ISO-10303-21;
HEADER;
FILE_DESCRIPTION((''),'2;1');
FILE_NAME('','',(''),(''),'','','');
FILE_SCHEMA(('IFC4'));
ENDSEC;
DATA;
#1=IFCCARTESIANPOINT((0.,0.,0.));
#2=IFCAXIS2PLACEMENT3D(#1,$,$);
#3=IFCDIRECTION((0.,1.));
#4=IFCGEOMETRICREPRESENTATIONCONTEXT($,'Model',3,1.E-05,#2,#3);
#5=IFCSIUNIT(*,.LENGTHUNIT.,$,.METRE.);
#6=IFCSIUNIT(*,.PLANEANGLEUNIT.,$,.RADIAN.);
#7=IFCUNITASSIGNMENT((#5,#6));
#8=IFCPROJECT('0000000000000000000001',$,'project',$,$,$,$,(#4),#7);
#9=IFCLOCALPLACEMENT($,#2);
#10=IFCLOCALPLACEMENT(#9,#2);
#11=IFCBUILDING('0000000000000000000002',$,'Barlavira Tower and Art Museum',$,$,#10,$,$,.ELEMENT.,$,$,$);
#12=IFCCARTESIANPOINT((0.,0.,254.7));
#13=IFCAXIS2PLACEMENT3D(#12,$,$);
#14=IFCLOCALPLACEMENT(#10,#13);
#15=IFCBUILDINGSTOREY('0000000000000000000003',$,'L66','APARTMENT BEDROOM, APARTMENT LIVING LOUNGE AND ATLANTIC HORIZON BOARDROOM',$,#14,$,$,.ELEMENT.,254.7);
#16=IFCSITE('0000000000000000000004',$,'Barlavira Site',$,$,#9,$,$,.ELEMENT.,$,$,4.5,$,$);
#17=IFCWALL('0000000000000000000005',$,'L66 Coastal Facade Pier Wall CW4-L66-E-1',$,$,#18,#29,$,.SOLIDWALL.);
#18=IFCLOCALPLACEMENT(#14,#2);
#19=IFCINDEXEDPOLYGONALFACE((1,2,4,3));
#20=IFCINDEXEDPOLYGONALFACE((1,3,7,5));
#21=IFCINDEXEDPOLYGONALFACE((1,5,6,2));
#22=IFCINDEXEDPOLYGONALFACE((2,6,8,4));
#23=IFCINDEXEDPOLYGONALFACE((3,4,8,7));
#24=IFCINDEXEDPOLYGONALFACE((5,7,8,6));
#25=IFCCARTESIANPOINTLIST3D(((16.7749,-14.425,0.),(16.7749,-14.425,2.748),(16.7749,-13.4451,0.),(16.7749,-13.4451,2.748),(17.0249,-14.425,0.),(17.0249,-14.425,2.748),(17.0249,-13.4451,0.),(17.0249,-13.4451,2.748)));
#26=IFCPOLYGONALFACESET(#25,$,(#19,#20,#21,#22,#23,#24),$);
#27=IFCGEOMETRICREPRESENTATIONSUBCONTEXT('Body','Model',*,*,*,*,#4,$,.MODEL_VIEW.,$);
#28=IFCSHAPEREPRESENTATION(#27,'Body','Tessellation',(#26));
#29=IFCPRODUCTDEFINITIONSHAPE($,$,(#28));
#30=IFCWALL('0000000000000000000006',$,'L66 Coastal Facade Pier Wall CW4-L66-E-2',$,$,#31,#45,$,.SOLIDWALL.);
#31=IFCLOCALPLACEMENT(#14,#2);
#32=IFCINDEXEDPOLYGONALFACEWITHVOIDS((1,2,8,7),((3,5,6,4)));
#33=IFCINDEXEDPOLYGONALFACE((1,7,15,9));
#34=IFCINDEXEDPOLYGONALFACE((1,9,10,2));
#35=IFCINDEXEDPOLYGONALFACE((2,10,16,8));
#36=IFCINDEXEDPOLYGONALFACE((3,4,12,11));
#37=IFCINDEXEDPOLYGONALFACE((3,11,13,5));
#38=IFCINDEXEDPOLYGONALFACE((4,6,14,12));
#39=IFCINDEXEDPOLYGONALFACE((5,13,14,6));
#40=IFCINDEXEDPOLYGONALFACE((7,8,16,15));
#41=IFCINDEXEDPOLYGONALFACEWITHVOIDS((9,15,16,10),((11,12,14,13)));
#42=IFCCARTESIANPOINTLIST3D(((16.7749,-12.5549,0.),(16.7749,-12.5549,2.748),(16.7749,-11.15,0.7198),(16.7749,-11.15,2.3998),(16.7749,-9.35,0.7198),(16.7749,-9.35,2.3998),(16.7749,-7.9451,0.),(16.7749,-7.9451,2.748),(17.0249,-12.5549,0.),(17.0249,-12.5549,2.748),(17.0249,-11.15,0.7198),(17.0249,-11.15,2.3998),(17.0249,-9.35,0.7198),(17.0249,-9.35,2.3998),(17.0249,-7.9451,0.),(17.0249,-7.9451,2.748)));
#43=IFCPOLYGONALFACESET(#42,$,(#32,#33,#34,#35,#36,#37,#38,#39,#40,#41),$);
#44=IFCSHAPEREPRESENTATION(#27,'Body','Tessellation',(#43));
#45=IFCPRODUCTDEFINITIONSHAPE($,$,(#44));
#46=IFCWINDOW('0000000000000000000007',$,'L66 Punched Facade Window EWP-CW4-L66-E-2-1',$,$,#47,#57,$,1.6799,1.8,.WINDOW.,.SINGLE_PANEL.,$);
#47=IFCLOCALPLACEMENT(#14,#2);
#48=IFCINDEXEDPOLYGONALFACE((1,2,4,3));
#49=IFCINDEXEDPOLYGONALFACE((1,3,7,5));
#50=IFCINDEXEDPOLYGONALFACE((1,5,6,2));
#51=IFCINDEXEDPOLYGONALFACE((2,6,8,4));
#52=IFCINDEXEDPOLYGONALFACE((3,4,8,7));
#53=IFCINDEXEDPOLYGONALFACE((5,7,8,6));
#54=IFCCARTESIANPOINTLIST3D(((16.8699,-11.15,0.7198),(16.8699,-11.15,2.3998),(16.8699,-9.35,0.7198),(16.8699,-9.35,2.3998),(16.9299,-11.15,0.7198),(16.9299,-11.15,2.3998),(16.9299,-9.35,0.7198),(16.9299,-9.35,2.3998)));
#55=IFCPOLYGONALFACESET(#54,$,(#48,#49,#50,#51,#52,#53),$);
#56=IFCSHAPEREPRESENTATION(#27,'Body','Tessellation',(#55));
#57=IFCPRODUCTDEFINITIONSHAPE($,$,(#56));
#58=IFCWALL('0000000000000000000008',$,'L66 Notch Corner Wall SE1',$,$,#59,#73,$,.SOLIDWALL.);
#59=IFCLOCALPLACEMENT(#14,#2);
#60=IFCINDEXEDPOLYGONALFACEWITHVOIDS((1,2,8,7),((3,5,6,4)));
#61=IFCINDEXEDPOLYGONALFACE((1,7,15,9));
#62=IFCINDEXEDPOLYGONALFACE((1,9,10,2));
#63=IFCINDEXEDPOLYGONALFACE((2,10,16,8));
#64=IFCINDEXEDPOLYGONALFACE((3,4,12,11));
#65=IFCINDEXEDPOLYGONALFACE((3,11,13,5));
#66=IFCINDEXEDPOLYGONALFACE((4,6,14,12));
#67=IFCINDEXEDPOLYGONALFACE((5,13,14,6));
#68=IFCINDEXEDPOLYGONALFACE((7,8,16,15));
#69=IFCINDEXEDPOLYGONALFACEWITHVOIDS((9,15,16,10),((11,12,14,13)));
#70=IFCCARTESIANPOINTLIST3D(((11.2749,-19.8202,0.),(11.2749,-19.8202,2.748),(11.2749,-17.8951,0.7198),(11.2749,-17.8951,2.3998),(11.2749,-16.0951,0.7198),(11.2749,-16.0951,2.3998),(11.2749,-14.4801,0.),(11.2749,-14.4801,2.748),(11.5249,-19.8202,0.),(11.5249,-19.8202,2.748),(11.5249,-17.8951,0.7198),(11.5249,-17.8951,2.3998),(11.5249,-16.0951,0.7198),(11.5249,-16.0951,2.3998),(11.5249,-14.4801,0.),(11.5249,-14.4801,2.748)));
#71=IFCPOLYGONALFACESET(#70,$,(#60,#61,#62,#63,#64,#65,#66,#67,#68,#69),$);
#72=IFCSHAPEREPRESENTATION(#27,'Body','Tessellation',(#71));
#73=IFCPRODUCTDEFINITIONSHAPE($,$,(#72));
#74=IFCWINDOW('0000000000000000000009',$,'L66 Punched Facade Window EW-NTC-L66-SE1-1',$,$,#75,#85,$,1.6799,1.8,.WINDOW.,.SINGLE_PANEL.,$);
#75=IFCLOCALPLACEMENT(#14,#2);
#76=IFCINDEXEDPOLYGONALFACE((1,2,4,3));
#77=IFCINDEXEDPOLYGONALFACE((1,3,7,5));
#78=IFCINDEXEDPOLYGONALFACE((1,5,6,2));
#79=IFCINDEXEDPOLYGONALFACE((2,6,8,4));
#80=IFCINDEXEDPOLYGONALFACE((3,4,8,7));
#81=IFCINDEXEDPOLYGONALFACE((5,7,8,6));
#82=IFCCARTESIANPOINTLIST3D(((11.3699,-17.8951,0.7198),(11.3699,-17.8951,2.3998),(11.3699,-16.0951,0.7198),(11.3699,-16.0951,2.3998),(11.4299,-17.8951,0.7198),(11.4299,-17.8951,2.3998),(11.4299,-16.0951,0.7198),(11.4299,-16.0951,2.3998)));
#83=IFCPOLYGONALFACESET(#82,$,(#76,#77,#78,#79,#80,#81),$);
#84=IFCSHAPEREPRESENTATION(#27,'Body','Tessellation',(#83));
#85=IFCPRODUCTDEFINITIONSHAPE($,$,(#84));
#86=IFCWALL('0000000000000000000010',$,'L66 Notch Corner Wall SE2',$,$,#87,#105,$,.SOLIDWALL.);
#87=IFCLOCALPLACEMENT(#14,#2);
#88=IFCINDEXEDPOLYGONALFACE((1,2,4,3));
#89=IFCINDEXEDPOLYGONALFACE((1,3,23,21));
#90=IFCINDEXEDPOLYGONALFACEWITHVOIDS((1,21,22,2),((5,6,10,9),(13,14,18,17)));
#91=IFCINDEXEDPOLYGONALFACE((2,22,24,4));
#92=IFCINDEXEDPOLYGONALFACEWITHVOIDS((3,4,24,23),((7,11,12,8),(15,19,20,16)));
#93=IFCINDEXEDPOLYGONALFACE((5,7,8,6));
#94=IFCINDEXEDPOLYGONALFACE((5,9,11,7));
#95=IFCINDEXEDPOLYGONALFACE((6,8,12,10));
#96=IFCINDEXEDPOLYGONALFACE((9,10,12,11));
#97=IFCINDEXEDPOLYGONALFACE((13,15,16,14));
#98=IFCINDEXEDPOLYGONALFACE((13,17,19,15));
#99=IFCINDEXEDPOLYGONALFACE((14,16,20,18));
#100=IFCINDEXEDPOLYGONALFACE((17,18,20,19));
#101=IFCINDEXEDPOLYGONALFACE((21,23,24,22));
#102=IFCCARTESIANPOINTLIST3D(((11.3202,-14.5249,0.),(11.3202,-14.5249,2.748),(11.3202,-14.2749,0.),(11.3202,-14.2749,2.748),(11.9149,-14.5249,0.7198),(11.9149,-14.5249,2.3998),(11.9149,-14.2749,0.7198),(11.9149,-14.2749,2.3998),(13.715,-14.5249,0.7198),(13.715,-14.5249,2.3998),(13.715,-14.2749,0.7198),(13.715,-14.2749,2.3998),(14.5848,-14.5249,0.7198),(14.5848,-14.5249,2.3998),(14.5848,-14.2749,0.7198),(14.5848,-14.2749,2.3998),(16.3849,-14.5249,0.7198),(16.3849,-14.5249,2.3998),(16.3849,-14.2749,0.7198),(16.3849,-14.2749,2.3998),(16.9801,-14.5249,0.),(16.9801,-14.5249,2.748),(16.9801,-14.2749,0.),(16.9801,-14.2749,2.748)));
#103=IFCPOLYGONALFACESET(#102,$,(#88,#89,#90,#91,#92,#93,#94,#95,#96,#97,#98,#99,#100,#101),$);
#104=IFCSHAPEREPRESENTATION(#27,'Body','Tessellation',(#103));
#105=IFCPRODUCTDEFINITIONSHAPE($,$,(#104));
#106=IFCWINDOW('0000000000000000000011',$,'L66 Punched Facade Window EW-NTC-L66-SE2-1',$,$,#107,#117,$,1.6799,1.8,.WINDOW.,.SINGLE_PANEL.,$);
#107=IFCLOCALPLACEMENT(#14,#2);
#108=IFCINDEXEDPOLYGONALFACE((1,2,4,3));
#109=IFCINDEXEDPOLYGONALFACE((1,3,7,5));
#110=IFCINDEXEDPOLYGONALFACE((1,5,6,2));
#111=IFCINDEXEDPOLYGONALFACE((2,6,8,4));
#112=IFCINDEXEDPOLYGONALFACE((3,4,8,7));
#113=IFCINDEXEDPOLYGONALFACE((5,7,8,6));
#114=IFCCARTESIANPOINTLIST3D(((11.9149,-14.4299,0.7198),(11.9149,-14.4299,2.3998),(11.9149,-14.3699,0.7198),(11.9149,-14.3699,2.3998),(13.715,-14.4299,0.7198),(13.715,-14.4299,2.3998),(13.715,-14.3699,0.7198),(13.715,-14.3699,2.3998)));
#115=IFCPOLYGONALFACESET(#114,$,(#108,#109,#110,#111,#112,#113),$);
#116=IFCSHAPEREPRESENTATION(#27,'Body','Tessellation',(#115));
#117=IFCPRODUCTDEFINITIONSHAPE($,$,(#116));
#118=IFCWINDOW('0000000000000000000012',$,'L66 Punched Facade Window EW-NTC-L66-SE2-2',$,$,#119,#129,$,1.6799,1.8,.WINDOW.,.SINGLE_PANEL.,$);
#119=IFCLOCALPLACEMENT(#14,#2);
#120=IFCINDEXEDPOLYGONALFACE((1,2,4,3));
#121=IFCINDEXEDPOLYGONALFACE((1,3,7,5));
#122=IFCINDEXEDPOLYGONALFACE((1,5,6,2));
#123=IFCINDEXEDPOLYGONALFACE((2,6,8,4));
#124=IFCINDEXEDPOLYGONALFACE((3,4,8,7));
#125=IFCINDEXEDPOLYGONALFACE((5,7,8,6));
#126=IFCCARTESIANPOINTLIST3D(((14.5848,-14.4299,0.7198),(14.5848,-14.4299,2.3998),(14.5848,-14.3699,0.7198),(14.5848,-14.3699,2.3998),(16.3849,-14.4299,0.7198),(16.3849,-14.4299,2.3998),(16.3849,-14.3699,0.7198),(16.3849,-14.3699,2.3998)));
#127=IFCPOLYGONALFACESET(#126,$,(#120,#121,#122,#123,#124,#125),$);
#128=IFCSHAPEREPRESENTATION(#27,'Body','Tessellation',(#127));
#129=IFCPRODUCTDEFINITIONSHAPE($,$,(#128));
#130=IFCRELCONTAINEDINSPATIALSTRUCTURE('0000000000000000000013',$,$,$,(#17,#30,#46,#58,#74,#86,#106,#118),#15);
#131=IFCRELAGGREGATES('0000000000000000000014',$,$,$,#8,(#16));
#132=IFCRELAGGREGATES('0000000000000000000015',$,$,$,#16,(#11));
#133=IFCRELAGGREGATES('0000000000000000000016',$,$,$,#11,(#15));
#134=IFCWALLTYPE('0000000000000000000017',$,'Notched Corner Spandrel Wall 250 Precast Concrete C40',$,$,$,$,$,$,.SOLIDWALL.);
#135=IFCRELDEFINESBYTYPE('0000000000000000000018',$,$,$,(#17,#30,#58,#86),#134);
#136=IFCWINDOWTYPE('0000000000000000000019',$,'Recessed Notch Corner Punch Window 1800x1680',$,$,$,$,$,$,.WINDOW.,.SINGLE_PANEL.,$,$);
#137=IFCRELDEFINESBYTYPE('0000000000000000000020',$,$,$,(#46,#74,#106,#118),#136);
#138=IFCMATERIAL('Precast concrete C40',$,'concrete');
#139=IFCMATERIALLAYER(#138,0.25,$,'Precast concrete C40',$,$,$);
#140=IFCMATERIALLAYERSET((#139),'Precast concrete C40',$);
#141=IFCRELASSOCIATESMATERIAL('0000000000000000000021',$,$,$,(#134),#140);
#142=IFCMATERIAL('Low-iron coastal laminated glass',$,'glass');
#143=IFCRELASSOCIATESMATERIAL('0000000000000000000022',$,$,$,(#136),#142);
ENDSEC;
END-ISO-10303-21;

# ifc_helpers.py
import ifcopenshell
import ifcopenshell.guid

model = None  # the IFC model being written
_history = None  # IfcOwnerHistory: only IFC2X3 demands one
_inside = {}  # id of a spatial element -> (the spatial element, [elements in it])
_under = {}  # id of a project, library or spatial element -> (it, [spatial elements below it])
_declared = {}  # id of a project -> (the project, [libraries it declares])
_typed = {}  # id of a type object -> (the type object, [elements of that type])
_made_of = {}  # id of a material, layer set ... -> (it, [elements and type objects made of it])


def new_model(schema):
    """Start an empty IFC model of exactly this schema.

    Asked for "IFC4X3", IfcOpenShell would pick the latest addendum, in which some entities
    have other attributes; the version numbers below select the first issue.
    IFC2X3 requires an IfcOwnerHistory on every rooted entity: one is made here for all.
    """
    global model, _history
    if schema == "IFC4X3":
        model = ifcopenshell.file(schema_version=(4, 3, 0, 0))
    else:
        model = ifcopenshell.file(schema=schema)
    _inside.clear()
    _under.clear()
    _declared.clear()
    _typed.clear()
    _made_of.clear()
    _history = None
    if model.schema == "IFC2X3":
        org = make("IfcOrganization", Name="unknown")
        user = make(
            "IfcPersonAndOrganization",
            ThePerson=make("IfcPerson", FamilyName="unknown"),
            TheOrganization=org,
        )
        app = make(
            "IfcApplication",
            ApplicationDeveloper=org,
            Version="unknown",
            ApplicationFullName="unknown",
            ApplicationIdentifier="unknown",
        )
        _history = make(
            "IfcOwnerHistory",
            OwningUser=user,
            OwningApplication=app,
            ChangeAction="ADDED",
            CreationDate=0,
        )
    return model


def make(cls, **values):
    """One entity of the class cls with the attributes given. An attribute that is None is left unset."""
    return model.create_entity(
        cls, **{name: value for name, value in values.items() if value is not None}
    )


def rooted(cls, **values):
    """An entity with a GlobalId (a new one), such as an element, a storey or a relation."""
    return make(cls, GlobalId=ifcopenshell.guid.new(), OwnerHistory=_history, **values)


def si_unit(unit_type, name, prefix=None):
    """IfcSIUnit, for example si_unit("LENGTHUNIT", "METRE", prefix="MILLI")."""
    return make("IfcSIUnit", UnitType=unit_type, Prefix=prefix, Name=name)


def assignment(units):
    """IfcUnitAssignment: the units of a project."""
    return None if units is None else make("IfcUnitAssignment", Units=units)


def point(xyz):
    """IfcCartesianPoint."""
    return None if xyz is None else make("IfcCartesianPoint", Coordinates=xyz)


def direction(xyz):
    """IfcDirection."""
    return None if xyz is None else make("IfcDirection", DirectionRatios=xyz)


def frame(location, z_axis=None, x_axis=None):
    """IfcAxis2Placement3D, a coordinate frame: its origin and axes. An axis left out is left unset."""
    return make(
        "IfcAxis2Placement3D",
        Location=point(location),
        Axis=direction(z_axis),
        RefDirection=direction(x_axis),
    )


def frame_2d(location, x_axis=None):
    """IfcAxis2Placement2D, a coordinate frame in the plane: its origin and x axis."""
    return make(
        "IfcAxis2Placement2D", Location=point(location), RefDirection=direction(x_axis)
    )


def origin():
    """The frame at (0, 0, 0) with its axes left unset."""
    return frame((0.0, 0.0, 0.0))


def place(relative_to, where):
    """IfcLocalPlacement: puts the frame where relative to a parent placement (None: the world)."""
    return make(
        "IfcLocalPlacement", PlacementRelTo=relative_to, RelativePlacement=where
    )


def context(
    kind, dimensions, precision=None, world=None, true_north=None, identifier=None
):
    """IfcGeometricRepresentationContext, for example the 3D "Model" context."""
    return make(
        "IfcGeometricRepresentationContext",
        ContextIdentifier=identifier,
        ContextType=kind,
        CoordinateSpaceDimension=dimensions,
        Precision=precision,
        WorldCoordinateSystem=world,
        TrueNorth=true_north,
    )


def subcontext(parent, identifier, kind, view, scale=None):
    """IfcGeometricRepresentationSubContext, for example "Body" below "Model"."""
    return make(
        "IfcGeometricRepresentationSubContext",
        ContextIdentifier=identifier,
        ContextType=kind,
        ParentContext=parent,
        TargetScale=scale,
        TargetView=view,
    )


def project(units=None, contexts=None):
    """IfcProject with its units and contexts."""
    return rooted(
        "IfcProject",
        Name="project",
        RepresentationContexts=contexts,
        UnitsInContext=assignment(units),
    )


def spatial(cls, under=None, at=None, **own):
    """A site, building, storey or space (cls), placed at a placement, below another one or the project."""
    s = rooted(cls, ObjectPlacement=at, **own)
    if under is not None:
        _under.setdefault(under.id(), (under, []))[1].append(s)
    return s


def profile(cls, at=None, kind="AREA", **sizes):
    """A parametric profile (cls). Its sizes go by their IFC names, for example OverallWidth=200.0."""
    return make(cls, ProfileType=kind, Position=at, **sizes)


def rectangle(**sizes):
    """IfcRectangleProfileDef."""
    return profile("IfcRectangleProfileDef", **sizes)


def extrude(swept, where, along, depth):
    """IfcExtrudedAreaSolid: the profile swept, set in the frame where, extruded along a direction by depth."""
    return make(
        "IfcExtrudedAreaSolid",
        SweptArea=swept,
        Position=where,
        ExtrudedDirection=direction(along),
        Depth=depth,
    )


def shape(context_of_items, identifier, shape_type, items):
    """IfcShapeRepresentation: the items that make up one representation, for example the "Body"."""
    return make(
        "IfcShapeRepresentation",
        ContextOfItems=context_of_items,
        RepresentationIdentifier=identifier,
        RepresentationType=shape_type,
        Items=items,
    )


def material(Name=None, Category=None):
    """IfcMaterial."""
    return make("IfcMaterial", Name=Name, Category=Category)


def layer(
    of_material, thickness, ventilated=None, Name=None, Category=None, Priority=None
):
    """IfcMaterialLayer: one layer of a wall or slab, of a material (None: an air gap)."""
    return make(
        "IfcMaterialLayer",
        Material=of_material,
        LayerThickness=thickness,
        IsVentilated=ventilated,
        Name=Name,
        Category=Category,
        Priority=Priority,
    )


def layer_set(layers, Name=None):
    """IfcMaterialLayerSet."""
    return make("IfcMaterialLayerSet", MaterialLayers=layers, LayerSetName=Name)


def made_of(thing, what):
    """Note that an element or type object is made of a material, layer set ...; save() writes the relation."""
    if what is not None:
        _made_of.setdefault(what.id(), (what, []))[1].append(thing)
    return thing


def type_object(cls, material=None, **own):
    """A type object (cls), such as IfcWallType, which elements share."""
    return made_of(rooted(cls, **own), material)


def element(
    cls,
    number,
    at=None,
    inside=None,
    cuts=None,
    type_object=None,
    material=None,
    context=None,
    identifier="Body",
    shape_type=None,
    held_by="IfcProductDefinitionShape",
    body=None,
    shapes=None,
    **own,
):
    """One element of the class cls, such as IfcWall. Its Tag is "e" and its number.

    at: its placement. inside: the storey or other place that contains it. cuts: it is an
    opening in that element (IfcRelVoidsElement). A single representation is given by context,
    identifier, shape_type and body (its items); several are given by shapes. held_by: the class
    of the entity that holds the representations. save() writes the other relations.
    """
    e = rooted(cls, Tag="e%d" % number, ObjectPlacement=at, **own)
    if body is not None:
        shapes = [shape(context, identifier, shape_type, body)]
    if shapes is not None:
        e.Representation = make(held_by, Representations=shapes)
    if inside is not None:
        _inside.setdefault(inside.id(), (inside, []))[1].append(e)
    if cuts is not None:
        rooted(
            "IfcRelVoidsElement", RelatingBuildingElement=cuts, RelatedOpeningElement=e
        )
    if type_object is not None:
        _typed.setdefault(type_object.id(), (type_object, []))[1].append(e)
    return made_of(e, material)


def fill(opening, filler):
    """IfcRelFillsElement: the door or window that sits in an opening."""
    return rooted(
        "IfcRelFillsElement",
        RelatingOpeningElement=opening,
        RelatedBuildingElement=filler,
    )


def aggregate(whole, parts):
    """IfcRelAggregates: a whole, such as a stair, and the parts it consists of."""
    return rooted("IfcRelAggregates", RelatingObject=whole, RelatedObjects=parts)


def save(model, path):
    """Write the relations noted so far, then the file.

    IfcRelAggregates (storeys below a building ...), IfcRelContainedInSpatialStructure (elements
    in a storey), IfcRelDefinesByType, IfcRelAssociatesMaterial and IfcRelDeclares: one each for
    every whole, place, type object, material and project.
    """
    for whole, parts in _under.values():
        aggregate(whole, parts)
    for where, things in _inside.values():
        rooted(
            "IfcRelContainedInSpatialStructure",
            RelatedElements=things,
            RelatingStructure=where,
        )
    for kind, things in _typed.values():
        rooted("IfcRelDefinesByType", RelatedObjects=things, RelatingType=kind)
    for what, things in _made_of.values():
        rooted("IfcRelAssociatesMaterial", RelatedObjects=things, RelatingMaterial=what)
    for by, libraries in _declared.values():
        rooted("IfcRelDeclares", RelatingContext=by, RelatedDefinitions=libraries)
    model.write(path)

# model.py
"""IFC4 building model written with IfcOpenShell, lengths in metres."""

from ifc_helpers import new_model, si_unit, direction, frame, frame_2d, origin, place, context, subcontext, project, spatial, rectangle, extrude, material, layer, layer_set, type_object, element, fill, save


model = new_model("IFC4")

# Units and contexts
model_context = context("Model", 3, precision=1e-05, world=origin(), true_north=direction((0.0, 1.0)))
body_context = subcontext(model_context, "Body", "Model", "MODEL_VIEW")
ifc_project = project(units=[si_unit("LENGTHUNIT", "METRE"), si_unit("PLANEANGLEUNIT", "RADIAN")], contexts=[model_context])

# Site, building, storey
site_placement = place(None, origin())
site = spatial("IfcSite", under=ifc_project, at=site_placement, Name="Barlavira Site", CompositionType="ELEMENT", RefElevation=4.5)
building_placement = place(site_placement, origin())
building = spatial("IfcBuilding", under=site, at=building_placement, Name="Barlavira Tower and Art Museum", CompositionType="ELEMENT")
storey_placement = place(building_placement, frame((0.0, 0.0, 254.7)))
storey = spatial("IfcBuildingStorey", under=building, at=storey_placement, Name="L66", Description="APARTMENT BEDROOM, APARTMENT LIVING LOUNGE AND ATLANTIC HORIZON BOARDROOM", CompositionType="ELEMENT", Elevation=254.7)

# Shared definitions
ifc_material_1 = material(Name="Precast concrete C40", Category="concrete")
ifc_layer_1 = layer(ifc_material_1, 0.25, Name="Precast concrete C40")
ifc_layer_set_1 = layer_set([ifc_layer_1], Name="Precast concrete C40")
wall_type_1 = type_object("IfcWallType", Name="Notched Corner Spandrel Wall 250 Precast Concrete C40", PredefinedType="SOLIDWALL", material=ifc_layer_set_1)
ifc_material_2 = material(Name="Low-iron coastal laminated glass", Category="glass")

# Wall
wall_1_placement = place(storey_placement, frame((16.8999, -14.425, 0.0), z_axis=(0.0, 0.0, 1.0), x_axis=(0.0, 1.0, 0.0)))
element("IfcWall", 1, at=wall_1_placement, inside=storey, type_object=wall_type_1, Name="L66 Coastal Facade Pier Wall CW4-L66-E-1", PredefinedType="SOLIDWALL", context=body_context, shape_type="SweptSolid", body=[
    extrude(rectangle(XDim=0.98, YDim=0.25, at=frame_2d((0.49, 0.0))), origin(), (0.0, 0.0, 1.0), 2.748),
])

# Walls, openings, windows
wall_2_placement = place(storey_placement, frame((16.8999, -12.5549, 0.0), z_axis=(0.0, 0.0, 1.0), x_axis=(0.0, 1.0, 0.0)))
wall_2 = element("IfcWall", 2, at=wall_2_placement, inside=storey, type_object=wall_type_1, Name="L66 Coastal Facade Pier Wall CW4-L66-E-2", PredefinedType="SOLIDWALL", context=body_context, shape_type="SweptSolid", body=[
    extrude(rectangle(XDim=4.6099, YDim=0.25, at=frame_2d((2.3049, 0.0))), origin(), (0.0, 0.0, 1.0), 2.748),
])
opening_1_placement = place(wall_2_placement, frame((1.405, 0.0, 0.72)))
opening_1 = element("IfcOpeningElement", 3, at=opening_1_placement, cuts=wall_2, PredefinedType="OPENING", context=body_context, shape_type="SweptSolid", body=[
    extrude(rectangle(XDim=1.8, YDim=1.6799, at=frame_2d((0.8999, 0.8398))), frame((0.0, 0.135, 0.0), z_axis=(0.0, -1.0, 0.0), x_axis=(1.0, 0.0, 0.0)), (0.0, 0.0, 1.0), 0.27),
])
window_type_1 = type_object("IfcWindowType", Name="Recessed Notch Corner Punch Window 1800x1680", PartitioningType="SINGLE_PANEL", PredefinedType="WINDOW", material=ifc_material_2)
window_1_placement = place(opening_1_placement, origin())
window_1 = element("IfcWindow", 4, at=window_1_placement, inside=storey, type_object=window_type_1, Name="L66 Punched Facade Window EWP-CW4-L66-E-2-1", OverallHeight=1.6799, OverallWidth=1.8, PartitioningType="SINGLE_PANEL", PredefinedType="WINDOW", context=body_context, shape_type="SweptSolid", body=[
    extrude(rectangle(XDim=1.8, YDim=1.6799, at=frame_2d((0.8999, 0.8398))), frame((0.0, 0.03, 0.0), z_axis=(0.0, -1.0, 0.0), x_axis=(1.0, 0.0, 0.0)), (0.0, 0.0, 1.0), 0.0601),
])
fill(opening_1, window_1)
wall_3_placement = place(storey_placement, frame((11.3999, -19.8201, 0.0), z_axis=(0.0, 0.0, 1.0), x_axis=(0.0, 1.0, 0.0)))
wall_3 = element("IfcWall", 5, at=wall_3_placement, inside=storey, type_object=wall_type_1, Name="L66 Notch Corner Wall SE1", PredefinedType="SOLIDWALL", context=body_context, shape_type="SweptSolid", body=[
    extrude(rectangle(XDim=5.3401, YDim=0.25, at=frame_2d((2.6699, 0.0))), origin(), (0.0, 0.0, 1.0), 2.748),
])
opening_2_placement = place(wall_3_placement, frame((1.925, 0.0, 0.72)))
opening_2 = element("IfcOpeningElement", 6, at=opening_2_placement, cuts=wall_3, PredefinedType="OPENING", context=body_context, shape_type="SweptSolid", body=[
    extrude(rectangle(XDim=1.8, YDim=1.6799, at=frame_2d((0.8999, 0.8398))), frame((0.0, 0.135, 0.0), z_axis=(0.0, -1.0, 0.0), x_axis=(1.0, 0.0, 0.0)), (0.0, 0.0, 1.0), 0.27),
])
window_2_placement = place(opening_2_placement, origin())
window_2 = element("IfcWindow", 7, at=window_2_placement, inside=storey, type_object=window_type_1, Name="L66 Punched Facade Window EW-NTC-L66-SE1-1", OverallHeight=1.6799, OverallWidth=1.8, PartitioningType="SINGLE_PANEL", PredefinedType="WINDOW", context=body_context, shape_type="SweptSolid", body=[
    extrude(rectangle(XDim=1.8, YDim=1.6799, at=frame_2d((0.8999, 0.8398))), frame((0.0, 0.03, 0.0), z_axis=(0.0, -1.0, 0.0), x_axis=(1.0, 0.0, 0.0)), (0.0, 0.0, 1.0), 0.0601),
])
fill(opening_2, window_2)

# Wall, openings, windows
wall_4_placement = place(storey_placement, frame((11.3201, -14.3999, 0.0), z_axis=(0.0, 0.0, 1.0), x_axis=(1.0, 0.0, 0.0)))
wall_4 = element("IfcWall", 8, at=wall_4_placement, inside=storey, type_object=wall_type_1, Name="L66 Notch Corner Wall SE2", PredefinedType="SOLIDWALL", context=body_context, shape_type="SweptSolid", body=[
    extrude(rectangle(XDim=5.6599, YDim=0.25, at=frame_2d((2.8301, 0.0))), origin(), (0.0, 0.0, 1.0), 2.748),
])
opening_3_placement = place(wall_4_placement, frame((0.595, 0.0, 0.72)))
opening_3 = element("IfcOpeningElement", 9, at=opening_3_placement, cuts=wall_4, PredefinedType="OPENING", context=body_context, shape_type="SweptSolid", body=[
    extrude(rectangle(XDim=1.8, YDim=1.6799, at=frame_2d((0.8999, 0.8398))), frame((0.0, 0.135, 0.0), z_axis=(0.0, -1.0, 0.0), x_axis=(1.0, 0.0, 0.0)), (0.0, 0.0, 1.0), 0.27),
])
opening_4_placement = place(wall_4_placement, frame((3.2649, 0.0, 0.72)))
opening_4 = element("IfcOpeningElement", 10, at=opening_4_placement, cuts=wall_4, PredefinedType="OPENING", context=body_context, shape_type="SweptSolid", body=[
    extrude(rectangle(XDim=1.8, YDim=1.6799, at=frame_2d((0.8999, 0.8398))), frame((0.0, 0.135, 0.0), z_axis=(0.0, -1.0, 0.0), x_axis=(1.0, 0.0, 0.0)), (0.0, 0.0, 1.0), 0.27),
])
window_3_placement = place(opening_3_placement, origin())
window_3 = element("IfcWindow", 11, at=window_3_placement, inside=storey, type_object=window_type_1, Name="L66 Punched Facade Window EW-NTC-L66-SE2-1", OverallHeight=1.6799, OverallWidth=1.8, PartitioningType="SINGLE_PANEL", PredefinedType="WINDOW", context=body_context, shape_type="SweptSolid", body=[
    extrude(rectangle(XDim=1.8, YDim=1.6799, at=frame_2d((0.8999, 0.8398))), frame((0.0, 0.03, 0.0), z_axis=(0.0, -1.0, 0.0), x_axis=(1.0, 0.0, 0.0)), (0.0, 0.0, 1.0), 0.0601),
])
fill(opening_3, window_3)
window_4_placement = place(opening_4_placement, origin())
window_4 = element("IfcWindow", 12, at=window_4_placement, inside=storey, type_object=window_type_1, Name="L66 Punched Facade Window EW-NTC-L66-SE2-2", OverallHeight=1.6799, OverallWidth=1.8, PartitioningType="SINGLE_PANEL", PredefinedType="WINDOW", context=body_context, shape_type="SweptSolid", body=[
    extrude(rectangle(XDim=1.8, YDim=1.6799, at=frame_2d((0.8999, 0.8398))), frame((0.0, 0.03, 0.0), z_axis=(0.0, -1.0, 0.0), x_axis=(1.0, 0.0, 0.0)), (0.0, 0.0, 1.0), 0.0601),
])
fill(opening_4, window_4)

save(model, "model.ifc")
